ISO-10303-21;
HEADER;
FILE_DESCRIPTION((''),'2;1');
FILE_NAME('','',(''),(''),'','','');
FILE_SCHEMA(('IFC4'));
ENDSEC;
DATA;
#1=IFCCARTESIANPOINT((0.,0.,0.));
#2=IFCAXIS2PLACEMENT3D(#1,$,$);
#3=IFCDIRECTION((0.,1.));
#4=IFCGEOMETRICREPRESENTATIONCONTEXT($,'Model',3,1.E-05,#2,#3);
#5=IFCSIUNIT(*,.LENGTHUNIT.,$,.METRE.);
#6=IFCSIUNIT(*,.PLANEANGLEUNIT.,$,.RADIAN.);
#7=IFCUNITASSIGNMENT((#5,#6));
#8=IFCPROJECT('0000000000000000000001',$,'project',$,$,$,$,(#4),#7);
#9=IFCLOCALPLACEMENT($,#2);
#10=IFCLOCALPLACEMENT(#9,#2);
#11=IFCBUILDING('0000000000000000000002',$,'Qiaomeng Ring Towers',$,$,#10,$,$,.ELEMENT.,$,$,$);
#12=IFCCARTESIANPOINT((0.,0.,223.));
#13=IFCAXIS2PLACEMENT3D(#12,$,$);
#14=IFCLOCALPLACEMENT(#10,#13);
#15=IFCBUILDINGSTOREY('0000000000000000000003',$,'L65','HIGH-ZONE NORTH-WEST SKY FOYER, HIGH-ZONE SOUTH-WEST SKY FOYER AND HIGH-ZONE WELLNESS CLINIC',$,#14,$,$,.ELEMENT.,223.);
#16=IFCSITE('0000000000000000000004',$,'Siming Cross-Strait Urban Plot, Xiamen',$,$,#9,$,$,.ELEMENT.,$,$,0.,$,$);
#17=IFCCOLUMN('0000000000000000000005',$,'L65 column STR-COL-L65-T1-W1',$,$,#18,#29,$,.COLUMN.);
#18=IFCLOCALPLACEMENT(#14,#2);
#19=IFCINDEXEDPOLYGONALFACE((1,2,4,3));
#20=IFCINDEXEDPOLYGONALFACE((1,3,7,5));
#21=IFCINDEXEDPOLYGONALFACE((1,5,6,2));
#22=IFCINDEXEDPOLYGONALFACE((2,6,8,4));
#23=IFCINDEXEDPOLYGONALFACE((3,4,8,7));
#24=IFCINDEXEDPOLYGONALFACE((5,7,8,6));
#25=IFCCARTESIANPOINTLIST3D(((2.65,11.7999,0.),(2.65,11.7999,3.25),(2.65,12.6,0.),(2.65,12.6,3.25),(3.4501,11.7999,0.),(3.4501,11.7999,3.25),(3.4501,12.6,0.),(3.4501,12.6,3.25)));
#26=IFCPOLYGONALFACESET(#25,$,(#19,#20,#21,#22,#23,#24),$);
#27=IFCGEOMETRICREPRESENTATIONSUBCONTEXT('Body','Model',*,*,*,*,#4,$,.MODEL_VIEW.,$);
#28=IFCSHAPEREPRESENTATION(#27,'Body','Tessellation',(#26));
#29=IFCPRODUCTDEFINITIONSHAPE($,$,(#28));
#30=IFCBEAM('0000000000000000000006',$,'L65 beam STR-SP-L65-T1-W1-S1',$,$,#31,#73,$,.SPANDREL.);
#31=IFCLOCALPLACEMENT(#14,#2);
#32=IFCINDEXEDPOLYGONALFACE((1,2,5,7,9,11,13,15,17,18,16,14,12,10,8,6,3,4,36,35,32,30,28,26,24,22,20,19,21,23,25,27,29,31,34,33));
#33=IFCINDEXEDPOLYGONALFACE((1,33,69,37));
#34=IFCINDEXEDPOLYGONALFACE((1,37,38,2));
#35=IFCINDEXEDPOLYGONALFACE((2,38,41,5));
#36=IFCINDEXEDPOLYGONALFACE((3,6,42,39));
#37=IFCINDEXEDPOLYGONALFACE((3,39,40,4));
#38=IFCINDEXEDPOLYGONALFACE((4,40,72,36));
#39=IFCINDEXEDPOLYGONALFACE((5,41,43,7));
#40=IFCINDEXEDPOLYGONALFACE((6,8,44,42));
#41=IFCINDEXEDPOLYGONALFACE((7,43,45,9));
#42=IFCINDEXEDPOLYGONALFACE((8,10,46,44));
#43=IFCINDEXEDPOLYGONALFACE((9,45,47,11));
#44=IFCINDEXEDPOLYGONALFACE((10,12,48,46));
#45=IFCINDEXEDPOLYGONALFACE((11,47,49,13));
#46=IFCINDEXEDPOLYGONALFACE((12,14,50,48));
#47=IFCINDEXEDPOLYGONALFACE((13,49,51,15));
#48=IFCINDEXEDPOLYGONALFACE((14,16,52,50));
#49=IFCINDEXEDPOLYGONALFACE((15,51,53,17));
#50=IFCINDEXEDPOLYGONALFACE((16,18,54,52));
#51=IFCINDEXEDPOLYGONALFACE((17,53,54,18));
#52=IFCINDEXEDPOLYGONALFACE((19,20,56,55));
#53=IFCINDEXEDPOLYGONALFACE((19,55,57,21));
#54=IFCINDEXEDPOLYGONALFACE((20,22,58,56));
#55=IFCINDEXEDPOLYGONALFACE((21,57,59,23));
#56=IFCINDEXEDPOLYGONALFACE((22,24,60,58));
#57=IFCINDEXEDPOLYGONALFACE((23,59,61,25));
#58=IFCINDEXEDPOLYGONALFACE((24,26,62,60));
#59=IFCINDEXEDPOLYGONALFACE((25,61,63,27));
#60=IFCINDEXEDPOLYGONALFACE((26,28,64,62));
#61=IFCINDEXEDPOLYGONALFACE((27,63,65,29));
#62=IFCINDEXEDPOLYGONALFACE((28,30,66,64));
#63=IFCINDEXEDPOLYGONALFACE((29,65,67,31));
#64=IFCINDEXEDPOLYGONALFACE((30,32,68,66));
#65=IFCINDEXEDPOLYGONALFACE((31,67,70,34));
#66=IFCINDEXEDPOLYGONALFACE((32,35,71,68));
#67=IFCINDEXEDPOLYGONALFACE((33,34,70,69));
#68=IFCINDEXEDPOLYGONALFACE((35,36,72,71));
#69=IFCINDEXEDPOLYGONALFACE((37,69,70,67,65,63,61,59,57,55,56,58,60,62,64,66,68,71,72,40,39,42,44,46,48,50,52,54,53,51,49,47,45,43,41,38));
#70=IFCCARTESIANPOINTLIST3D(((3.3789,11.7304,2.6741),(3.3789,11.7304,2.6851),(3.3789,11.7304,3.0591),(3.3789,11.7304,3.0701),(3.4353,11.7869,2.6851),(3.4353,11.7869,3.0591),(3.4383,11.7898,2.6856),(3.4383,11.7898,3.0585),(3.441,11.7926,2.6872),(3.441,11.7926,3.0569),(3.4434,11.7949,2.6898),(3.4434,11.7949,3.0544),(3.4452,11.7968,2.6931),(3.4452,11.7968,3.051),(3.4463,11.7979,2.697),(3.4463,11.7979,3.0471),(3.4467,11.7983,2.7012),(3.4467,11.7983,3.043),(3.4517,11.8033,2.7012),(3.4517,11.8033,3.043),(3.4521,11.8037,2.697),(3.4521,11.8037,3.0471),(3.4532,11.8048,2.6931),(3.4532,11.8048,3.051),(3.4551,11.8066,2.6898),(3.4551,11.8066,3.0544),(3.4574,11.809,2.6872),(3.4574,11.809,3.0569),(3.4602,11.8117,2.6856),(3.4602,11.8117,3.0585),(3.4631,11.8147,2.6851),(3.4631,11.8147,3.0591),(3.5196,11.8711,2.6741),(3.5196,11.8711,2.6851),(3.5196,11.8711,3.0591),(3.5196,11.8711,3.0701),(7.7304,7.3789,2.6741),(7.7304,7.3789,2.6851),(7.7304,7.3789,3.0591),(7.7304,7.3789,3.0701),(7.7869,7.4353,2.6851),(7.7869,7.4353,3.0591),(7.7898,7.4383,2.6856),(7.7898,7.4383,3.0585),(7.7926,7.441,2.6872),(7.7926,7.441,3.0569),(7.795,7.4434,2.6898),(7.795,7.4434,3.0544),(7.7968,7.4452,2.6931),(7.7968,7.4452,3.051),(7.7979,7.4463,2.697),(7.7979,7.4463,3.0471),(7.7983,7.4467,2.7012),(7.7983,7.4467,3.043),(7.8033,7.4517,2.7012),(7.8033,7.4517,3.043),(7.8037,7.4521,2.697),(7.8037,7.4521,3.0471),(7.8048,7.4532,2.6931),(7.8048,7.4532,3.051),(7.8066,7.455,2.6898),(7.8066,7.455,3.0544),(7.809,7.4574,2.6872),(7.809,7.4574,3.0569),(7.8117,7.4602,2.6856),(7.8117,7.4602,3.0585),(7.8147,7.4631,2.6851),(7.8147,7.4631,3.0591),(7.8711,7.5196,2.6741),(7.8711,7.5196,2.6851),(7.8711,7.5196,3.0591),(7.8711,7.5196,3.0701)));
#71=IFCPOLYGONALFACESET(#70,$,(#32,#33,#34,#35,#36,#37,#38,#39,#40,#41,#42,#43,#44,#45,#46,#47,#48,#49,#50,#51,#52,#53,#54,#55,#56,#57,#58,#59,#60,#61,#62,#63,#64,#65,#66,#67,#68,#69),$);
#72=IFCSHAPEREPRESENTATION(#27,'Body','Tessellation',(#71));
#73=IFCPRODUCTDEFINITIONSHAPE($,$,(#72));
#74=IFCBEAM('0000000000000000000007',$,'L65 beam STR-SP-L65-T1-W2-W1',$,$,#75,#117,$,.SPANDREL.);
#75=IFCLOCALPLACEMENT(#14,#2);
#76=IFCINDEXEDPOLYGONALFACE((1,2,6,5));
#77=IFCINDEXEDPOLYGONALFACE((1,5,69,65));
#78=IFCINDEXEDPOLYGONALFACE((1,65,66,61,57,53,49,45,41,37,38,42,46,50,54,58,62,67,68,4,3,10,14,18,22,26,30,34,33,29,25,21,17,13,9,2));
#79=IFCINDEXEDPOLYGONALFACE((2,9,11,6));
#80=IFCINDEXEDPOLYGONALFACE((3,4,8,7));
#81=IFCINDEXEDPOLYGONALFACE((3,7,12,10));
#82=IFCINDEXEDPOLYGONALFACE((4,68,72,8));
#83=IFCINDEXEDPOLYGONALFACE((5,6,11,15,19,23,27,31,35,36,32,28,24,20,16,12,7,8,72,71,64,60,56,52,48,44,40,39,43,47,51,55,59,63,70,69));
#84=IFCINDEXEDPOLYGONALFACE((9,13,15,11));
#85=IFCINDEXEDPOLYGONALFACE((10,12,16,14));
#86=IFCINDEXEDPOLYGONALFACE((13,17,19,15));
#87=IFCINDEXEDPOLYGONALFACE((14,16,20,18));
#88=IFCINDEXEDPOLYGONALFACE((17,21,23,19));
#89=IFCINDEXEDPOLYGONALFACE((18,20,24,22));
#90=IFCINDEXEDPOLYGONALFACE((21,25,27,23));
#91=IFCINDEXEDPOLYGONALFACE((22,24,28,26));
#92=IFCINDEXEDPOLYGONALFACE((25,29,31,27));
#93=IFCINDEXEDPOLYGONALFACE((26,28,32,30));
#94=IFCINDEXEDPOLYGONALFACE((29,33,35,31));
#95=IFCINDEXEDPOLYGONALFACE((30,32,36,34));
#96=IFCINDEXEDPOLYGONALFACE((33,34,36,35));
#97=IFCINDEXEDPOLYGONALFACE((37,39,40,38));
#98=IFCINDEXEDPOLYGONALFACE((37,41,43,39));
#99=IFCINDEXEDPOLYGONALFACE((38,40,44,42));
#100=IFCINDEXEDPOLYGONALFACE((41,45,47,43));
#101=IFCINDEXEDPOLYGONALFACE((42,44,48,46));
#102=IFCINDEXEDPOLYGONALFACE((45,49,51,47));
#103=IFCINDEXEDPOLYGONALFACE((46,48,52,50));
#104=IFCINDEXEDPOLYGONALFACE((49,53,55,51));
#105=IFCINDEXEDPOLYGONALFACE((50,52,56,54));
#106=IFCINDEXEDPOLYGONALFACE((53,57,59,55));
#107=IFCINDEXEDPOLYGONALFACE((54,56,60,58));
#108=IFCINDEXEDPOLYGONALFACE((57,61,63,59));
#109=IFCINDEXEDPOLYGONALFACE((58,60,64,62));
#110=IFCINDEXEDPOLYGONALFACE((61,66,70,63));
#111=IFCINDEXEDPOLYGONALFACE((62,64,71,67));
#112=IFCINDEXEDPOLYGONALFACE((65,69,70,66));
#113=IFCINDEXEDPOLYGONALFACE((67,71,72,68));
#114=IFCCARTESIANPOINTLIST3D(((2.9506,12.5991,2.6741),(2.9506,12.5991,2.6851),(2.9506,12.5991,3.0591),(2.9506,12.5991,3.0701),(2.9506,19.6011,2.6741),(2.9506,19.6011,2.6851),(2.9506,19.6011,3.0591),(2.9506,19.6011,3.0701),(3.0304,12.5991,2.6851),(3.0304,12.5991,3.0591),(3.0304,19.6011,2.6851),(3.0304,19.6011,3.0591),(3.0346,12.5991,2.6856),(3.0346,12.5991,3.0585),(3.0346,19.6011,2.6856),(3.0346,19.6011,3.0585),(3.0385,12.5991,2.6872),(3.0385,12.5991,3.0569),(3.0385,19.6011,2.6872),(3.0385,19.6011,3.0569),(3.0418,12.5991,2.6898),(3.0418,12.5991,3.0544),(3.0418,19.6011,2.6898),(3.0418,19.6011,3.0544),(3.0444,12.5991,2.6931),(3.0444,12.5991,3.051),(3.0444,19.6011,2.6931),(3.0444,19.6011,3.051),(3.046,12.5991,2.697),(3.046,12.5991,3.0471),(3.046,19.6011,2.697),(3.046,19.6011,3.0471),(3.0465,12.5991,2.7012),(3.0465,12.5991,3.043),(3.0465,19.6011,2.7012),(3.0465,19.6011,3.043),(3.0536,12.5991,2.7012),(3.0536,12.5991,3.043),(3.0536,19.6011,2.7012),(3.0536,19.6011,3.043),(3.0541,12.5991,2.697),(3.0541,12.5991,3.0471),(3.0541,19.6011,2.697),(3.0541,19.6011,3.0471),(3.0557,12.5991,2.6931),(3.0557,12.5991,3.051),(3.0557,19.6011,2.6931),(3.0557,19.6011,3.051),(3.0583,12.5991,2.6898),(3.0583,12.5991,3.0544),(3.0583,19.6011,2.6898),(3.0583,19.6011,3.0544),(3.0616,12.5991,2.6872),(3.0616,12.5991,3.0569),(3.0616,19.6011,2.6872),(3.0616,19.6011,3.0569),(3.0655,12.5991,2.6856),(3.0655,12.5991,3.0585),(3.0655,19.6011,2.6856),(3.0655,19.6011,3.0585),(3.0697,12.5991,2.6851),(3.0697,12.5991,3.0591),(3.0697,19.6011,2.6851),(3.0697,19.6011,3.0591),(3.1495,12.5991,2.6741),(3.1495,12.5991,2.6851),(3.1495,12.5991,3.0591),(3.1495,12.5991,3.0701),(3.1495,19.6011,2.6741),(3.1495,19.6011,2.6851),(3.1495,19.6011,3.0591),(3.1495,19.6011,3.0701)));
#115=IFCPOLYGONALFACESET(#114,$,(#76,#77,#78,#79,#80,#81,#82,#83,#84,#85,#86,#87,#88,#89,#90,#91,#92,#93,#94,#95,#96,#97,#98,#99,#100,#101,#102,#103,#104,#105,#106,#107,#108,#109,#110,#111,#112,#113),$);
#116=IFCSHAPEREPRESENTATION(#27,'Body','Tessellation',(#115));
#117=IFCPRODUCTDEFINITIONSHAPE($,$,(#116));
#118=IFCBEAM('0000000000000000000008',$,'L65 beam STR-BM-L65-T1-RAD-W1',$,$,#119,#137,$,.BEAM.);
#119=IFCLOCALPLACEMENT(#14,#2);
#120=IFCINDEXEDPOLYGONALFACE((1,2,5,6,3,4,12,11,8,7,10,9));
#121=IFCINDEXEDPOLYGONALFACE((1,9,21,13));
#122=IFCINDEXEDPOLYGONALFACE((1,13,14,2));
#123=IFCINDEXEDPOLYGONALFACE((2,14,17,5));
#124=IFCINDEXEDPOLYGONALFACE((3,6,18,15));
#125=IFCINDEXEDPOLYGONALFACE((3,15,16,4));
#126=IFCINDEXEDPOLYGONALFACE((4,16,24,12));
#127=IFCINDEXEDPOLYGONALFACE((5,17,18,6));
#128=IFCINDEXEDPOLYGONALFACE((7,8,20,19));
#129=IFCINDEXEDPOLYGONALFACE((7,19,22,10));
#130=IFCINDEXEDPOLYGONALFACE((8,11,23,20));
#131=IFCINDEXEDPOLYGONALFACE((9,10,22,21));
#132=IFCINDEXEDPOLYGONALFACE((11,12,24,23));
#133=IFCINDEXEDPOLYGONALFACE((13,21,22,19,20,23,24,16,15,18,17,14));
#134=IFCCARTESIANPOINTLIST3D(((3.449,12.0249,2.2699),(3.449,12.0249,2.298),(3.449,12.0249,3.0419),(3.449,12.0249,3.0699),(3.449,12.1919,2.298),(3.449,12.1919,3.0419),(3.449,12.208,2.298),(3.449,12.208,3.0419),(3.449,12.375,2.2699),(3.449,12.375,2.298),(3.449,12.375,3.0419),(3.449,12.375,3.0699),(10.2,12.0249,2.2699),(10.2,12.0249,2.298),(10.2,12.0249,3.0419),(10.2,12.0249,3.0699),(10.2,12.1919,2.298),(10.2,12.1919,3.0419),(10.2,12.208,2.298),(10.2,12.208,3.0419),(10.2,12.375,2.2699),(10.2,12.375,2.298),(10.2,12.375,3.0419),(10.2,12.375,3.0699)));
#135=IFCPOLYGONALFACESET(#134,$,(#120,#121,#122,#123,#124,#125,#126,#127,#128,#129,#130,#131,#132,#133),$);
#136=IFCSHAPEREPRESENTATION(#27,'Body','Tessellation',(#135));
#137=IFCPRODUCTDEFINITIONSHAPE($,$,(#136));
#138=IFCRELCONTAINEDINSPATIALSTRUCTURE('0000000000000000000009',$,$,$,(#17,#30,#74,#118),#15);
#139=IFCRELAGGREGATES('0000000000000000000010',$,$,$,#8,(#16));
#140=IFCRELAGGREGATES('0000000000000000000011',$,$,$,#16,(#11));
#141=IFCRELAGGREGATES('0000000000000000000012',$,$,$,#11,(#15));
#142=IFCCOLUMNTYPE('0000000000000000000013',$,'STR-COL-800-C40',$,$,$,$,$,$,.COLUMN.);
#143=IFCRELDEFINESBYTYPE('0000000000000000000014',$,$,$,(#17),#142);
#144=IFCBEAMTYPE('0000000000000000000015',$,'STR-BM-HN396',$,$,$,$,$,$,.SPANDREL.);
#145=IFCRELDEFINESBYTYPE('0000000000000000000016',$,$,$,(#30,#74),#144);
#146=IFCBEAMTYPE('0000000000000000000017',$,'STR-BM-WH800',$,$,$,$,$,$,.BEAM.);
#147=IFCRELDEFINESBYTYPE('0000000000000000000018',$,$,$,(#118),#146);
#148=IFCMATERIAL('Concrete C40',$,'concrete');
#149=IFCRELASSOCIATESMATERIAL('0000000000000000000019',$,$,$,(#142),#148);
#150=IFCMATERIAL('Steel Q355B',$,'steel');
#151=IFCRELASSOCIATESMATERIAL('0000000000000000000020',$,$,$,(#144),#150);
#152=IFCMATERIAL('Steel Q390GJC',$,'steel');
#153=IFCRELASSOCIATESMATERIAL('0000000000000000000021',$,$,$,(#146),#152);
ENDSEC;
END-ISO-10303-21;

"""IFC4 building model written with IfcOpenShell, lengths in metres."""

from ifc_helpers import new_model, si_unit, direction, frame, origin, origin_2d, place, context, subcontext, project, spatial, rectangle, i_section, extrude, source, transform, mapped, material, material_profile, profile_set, type_object, element, save


model = new_model("IFC4")

# Units and contexts
model_context = context("Model", 3, precision=1e-05, world=origin(), true_north=direction((0.0, 1.0)))
body_context = subcontext(model_context, "Body", "Model", "MODEL_VIEW")
ifc_project = project(units=[si_unit("LENGTHUNIT", "METRE"), si_unit("PLANEANGLEUNIT", "RADIAN")], contexts=[model_context])

# Site, building, storey
site_placement = place(None, origin())
site = spatial("IfcSite", under=ifc_project, at=site_placement, Name="Siming Cross-Strait Urban Plot, Xiamen", CompositionType="ELEMENT", RefElevation=0.0)
building_placement = place(site_placement, origin())
building = spatial("IfcBuilding", under=site, at=building_placement, Name="Qiaomeng Ring Towers", CompositionType="ELEMENT")
storey_placement = place(building_placement, frame((0.0, 0.0, 223.0)))
storey = spatial("IfcBuildingStorey", under=building, at=storey_placement, Name="L65", Description="HIGH-ZONE NORTH-WEST SKY FOYER, HIGH-ZONE SOUTH-WEST SKY FOYER AND HIGH-ZONE WELLNESS CLINIC", CompositionType="ELEMENT", Elevation=223.0)

# Column
ifc_material_1 = material(Name="Concrete C40", Category="concrete")
ifc_material_profile_1 = material_profile(ifc_material_1, rectangle(XDim=0.8, YDim=0.8, at=origin_2d()), Name="RC COL 800x800")
ifc_profile_set_1 = profile_set([ifc_material_profile_1], Name="Concrete C40")
column_type = type_object("IfcColumnType", Name="STR-COL-800-C40", PredefinedType="COLUMN", material=ifc_profile_set_1)
shared_shape_1 = source(origin(), body_context, "Body", "SweptSolid", [
    extrude(rectangle(XDim=0.8, YDim=0.8, at=origin_2d()), origin(), (0.0, 0.0, 1.0), 3.25),
])
column_placement = place(storey_placement, frame((3.05, 12.2, 0.0), z_axis=(0.0, 0.0, 1.0), x_axis=(1.0, 0.0, 0.0)))
element("IfcColumn", 1, at=column_placement, inside=storey, type_object=column_type, Name="L65 column STR-COL-L65-T1-W1", PredefinedType="COLUMN", context=body_context, shape_type="MappedRepresentation", body=[
    mapped(shared_shape_1, transform((0.0, 0.0, 0.0), x_axis=(1.0, 0.0, 0.0), y_axis=(0.0, 1.0, 0.0), z_axis=(0.0, 0.0, 1.0), scale=1.0)),
])

# Beams
ifc_material_2 = material(Name="Steel Q355B", Category="steel")
ifc_material_profile_2 = material_profile(ifc_material_2, i_section(OverallWidth=0.199, OverallDepth=0.396, WebThickness=0.0071, FlangeThickness=0.011, FilletRadius=0.0161, at=origin_2d()), Name="HN 396x199x7x11")
ifc_profile_set_2 = profile_set([ifc_material_profile_2], Name="Steel Q355B")
beam_type_1 = type_object("IfcBeamType", Name="STR-BM-HN396", PredefinedType="SPANDREL", material=ifc_profile_set_2)
shared_shape_2 = source(origin(), body_context, "Body", "SweptSolid", [
    extrude(i_section(OverallWidth=0.199, OverallDepth=0.396, WebThickness=0.0071, FlangeThickness=0.011, FilletRadius=0.0161, at=origin_2d()), origin(), (0.0, 0.0, 1.0), 6.1541),
])
beam_1_placement = place(storey_placement, frame((3.4492, 11.8008, 2.8721), z_axis=(0.707107, -0.707107, 0.0), x_axis=(0.707107, 0.707107, 0.0)))
element("IfcBeam", 2, at=beam_1_placement, inside=storey, type_object=beam_type_1, Name="L65 beam STR-SP-L65-T1-W1-S1", PredefinedType="SPANDREL", context=body_context, shape_type="MappedRepresentation", body=[
    mapped(shared_shape_2, transform((0.0, 0.0, 0.0), x_axis=(1.0, 0.0, 0.0), y_axis=(0.0, 1.0, 0.0), z_axis=(0.0, 0.0, 1.0), scale=1.0)),
])
shared_shape_3 = source(origin(), body_context, "Body", "SweptSolid", [
    extrude(i_section(OverallWidth=0.199, OverallDepth=0.396, WebThickness=0.0071, FlangeThickness=0.011, FilletRadius=0.0161, at=origin_2d()), origin(), (0.0, 0.0, 1.0), 7.002),
])
beam_2_placement = place(storey_placement, frame((3.05, 19.6011, 2.8721), z_axis=(0.0, -1.0, 0.0), x_axis=(1.0, 0.0, 0.0)))
element("IfcBeam", 3, at=beam_2_placement, inside=storey, type_object=beam_type_1, Name="L65 beam STR-SP-L65-T1-W2-W1", PredefinedType="SPANDREL", context=body_context, shape_type="MappedRepresentation", body=[
    mapped(shared_shape_3, transform((0.0, 0.0, 0.0), x_axis=(1.0, 0.0, 0.0), y_axis=(0.0, 1.0, 0.0), z_axis=(0.0, 0.0, 1.0), scale=1.0)),
])
ifc_material_3 = material(Name="Steel Q390GJC", Category="steel")
ifc_material_profile_3 = material_profile(ifc_material_3, i_section(OverallWidth=0.3501, OverallDepth=0.8, WebThickness=0.0161, FlangeThickness=0.0281, at=origin_2d()), Name="WH 800x350x16x28")
ifc_profile_set_3 = profile_set([ifc_material_profile_3], Name="Steel Q390GJC")
beam_type_2 = type_object("IfcBeamType", Name="STR-BM-WH800", PredefinedType="BEAM", material=ifc_profile_set_3)
shared_shape_4 = source(origin(), body_context, "Body", "SweptSolid", [
    extrude(i_section(OverallWidth=0.3501, OverallDepth=0.8, WebThickness=0.0161, FlangeThickness=0.0281, at=origin_2d()), origin(), (0.0, 0.0, 1.0), 6.751),
])
beam_3_placement = place(storey_placement, frame((3.449, 12.2, 2.6699), z_axis=(1.0, 0.0, 0.0), x_axis=(0.0, 1.0, 0.0)))
element("IfcBeam", 4, at=beam_3_placement, inside=storey, type_object=beam_type_2, Name="L65 beam STR-BM-L65-T1-RAD-W1", PredefinedType="BEAM", context=body_context, shape_type="MappedRepresentation", body=[
    mapped(shared_shape_4, transform((0.0, 0.0, 0.0), x_axis=(1.0, 0.0, 0.0), y_axis=(0.0, 1.0, 0.0), z_axis=(0.0, 0.0, 1.0), scale=1.0)),
])

save(model, "model.ifc")
